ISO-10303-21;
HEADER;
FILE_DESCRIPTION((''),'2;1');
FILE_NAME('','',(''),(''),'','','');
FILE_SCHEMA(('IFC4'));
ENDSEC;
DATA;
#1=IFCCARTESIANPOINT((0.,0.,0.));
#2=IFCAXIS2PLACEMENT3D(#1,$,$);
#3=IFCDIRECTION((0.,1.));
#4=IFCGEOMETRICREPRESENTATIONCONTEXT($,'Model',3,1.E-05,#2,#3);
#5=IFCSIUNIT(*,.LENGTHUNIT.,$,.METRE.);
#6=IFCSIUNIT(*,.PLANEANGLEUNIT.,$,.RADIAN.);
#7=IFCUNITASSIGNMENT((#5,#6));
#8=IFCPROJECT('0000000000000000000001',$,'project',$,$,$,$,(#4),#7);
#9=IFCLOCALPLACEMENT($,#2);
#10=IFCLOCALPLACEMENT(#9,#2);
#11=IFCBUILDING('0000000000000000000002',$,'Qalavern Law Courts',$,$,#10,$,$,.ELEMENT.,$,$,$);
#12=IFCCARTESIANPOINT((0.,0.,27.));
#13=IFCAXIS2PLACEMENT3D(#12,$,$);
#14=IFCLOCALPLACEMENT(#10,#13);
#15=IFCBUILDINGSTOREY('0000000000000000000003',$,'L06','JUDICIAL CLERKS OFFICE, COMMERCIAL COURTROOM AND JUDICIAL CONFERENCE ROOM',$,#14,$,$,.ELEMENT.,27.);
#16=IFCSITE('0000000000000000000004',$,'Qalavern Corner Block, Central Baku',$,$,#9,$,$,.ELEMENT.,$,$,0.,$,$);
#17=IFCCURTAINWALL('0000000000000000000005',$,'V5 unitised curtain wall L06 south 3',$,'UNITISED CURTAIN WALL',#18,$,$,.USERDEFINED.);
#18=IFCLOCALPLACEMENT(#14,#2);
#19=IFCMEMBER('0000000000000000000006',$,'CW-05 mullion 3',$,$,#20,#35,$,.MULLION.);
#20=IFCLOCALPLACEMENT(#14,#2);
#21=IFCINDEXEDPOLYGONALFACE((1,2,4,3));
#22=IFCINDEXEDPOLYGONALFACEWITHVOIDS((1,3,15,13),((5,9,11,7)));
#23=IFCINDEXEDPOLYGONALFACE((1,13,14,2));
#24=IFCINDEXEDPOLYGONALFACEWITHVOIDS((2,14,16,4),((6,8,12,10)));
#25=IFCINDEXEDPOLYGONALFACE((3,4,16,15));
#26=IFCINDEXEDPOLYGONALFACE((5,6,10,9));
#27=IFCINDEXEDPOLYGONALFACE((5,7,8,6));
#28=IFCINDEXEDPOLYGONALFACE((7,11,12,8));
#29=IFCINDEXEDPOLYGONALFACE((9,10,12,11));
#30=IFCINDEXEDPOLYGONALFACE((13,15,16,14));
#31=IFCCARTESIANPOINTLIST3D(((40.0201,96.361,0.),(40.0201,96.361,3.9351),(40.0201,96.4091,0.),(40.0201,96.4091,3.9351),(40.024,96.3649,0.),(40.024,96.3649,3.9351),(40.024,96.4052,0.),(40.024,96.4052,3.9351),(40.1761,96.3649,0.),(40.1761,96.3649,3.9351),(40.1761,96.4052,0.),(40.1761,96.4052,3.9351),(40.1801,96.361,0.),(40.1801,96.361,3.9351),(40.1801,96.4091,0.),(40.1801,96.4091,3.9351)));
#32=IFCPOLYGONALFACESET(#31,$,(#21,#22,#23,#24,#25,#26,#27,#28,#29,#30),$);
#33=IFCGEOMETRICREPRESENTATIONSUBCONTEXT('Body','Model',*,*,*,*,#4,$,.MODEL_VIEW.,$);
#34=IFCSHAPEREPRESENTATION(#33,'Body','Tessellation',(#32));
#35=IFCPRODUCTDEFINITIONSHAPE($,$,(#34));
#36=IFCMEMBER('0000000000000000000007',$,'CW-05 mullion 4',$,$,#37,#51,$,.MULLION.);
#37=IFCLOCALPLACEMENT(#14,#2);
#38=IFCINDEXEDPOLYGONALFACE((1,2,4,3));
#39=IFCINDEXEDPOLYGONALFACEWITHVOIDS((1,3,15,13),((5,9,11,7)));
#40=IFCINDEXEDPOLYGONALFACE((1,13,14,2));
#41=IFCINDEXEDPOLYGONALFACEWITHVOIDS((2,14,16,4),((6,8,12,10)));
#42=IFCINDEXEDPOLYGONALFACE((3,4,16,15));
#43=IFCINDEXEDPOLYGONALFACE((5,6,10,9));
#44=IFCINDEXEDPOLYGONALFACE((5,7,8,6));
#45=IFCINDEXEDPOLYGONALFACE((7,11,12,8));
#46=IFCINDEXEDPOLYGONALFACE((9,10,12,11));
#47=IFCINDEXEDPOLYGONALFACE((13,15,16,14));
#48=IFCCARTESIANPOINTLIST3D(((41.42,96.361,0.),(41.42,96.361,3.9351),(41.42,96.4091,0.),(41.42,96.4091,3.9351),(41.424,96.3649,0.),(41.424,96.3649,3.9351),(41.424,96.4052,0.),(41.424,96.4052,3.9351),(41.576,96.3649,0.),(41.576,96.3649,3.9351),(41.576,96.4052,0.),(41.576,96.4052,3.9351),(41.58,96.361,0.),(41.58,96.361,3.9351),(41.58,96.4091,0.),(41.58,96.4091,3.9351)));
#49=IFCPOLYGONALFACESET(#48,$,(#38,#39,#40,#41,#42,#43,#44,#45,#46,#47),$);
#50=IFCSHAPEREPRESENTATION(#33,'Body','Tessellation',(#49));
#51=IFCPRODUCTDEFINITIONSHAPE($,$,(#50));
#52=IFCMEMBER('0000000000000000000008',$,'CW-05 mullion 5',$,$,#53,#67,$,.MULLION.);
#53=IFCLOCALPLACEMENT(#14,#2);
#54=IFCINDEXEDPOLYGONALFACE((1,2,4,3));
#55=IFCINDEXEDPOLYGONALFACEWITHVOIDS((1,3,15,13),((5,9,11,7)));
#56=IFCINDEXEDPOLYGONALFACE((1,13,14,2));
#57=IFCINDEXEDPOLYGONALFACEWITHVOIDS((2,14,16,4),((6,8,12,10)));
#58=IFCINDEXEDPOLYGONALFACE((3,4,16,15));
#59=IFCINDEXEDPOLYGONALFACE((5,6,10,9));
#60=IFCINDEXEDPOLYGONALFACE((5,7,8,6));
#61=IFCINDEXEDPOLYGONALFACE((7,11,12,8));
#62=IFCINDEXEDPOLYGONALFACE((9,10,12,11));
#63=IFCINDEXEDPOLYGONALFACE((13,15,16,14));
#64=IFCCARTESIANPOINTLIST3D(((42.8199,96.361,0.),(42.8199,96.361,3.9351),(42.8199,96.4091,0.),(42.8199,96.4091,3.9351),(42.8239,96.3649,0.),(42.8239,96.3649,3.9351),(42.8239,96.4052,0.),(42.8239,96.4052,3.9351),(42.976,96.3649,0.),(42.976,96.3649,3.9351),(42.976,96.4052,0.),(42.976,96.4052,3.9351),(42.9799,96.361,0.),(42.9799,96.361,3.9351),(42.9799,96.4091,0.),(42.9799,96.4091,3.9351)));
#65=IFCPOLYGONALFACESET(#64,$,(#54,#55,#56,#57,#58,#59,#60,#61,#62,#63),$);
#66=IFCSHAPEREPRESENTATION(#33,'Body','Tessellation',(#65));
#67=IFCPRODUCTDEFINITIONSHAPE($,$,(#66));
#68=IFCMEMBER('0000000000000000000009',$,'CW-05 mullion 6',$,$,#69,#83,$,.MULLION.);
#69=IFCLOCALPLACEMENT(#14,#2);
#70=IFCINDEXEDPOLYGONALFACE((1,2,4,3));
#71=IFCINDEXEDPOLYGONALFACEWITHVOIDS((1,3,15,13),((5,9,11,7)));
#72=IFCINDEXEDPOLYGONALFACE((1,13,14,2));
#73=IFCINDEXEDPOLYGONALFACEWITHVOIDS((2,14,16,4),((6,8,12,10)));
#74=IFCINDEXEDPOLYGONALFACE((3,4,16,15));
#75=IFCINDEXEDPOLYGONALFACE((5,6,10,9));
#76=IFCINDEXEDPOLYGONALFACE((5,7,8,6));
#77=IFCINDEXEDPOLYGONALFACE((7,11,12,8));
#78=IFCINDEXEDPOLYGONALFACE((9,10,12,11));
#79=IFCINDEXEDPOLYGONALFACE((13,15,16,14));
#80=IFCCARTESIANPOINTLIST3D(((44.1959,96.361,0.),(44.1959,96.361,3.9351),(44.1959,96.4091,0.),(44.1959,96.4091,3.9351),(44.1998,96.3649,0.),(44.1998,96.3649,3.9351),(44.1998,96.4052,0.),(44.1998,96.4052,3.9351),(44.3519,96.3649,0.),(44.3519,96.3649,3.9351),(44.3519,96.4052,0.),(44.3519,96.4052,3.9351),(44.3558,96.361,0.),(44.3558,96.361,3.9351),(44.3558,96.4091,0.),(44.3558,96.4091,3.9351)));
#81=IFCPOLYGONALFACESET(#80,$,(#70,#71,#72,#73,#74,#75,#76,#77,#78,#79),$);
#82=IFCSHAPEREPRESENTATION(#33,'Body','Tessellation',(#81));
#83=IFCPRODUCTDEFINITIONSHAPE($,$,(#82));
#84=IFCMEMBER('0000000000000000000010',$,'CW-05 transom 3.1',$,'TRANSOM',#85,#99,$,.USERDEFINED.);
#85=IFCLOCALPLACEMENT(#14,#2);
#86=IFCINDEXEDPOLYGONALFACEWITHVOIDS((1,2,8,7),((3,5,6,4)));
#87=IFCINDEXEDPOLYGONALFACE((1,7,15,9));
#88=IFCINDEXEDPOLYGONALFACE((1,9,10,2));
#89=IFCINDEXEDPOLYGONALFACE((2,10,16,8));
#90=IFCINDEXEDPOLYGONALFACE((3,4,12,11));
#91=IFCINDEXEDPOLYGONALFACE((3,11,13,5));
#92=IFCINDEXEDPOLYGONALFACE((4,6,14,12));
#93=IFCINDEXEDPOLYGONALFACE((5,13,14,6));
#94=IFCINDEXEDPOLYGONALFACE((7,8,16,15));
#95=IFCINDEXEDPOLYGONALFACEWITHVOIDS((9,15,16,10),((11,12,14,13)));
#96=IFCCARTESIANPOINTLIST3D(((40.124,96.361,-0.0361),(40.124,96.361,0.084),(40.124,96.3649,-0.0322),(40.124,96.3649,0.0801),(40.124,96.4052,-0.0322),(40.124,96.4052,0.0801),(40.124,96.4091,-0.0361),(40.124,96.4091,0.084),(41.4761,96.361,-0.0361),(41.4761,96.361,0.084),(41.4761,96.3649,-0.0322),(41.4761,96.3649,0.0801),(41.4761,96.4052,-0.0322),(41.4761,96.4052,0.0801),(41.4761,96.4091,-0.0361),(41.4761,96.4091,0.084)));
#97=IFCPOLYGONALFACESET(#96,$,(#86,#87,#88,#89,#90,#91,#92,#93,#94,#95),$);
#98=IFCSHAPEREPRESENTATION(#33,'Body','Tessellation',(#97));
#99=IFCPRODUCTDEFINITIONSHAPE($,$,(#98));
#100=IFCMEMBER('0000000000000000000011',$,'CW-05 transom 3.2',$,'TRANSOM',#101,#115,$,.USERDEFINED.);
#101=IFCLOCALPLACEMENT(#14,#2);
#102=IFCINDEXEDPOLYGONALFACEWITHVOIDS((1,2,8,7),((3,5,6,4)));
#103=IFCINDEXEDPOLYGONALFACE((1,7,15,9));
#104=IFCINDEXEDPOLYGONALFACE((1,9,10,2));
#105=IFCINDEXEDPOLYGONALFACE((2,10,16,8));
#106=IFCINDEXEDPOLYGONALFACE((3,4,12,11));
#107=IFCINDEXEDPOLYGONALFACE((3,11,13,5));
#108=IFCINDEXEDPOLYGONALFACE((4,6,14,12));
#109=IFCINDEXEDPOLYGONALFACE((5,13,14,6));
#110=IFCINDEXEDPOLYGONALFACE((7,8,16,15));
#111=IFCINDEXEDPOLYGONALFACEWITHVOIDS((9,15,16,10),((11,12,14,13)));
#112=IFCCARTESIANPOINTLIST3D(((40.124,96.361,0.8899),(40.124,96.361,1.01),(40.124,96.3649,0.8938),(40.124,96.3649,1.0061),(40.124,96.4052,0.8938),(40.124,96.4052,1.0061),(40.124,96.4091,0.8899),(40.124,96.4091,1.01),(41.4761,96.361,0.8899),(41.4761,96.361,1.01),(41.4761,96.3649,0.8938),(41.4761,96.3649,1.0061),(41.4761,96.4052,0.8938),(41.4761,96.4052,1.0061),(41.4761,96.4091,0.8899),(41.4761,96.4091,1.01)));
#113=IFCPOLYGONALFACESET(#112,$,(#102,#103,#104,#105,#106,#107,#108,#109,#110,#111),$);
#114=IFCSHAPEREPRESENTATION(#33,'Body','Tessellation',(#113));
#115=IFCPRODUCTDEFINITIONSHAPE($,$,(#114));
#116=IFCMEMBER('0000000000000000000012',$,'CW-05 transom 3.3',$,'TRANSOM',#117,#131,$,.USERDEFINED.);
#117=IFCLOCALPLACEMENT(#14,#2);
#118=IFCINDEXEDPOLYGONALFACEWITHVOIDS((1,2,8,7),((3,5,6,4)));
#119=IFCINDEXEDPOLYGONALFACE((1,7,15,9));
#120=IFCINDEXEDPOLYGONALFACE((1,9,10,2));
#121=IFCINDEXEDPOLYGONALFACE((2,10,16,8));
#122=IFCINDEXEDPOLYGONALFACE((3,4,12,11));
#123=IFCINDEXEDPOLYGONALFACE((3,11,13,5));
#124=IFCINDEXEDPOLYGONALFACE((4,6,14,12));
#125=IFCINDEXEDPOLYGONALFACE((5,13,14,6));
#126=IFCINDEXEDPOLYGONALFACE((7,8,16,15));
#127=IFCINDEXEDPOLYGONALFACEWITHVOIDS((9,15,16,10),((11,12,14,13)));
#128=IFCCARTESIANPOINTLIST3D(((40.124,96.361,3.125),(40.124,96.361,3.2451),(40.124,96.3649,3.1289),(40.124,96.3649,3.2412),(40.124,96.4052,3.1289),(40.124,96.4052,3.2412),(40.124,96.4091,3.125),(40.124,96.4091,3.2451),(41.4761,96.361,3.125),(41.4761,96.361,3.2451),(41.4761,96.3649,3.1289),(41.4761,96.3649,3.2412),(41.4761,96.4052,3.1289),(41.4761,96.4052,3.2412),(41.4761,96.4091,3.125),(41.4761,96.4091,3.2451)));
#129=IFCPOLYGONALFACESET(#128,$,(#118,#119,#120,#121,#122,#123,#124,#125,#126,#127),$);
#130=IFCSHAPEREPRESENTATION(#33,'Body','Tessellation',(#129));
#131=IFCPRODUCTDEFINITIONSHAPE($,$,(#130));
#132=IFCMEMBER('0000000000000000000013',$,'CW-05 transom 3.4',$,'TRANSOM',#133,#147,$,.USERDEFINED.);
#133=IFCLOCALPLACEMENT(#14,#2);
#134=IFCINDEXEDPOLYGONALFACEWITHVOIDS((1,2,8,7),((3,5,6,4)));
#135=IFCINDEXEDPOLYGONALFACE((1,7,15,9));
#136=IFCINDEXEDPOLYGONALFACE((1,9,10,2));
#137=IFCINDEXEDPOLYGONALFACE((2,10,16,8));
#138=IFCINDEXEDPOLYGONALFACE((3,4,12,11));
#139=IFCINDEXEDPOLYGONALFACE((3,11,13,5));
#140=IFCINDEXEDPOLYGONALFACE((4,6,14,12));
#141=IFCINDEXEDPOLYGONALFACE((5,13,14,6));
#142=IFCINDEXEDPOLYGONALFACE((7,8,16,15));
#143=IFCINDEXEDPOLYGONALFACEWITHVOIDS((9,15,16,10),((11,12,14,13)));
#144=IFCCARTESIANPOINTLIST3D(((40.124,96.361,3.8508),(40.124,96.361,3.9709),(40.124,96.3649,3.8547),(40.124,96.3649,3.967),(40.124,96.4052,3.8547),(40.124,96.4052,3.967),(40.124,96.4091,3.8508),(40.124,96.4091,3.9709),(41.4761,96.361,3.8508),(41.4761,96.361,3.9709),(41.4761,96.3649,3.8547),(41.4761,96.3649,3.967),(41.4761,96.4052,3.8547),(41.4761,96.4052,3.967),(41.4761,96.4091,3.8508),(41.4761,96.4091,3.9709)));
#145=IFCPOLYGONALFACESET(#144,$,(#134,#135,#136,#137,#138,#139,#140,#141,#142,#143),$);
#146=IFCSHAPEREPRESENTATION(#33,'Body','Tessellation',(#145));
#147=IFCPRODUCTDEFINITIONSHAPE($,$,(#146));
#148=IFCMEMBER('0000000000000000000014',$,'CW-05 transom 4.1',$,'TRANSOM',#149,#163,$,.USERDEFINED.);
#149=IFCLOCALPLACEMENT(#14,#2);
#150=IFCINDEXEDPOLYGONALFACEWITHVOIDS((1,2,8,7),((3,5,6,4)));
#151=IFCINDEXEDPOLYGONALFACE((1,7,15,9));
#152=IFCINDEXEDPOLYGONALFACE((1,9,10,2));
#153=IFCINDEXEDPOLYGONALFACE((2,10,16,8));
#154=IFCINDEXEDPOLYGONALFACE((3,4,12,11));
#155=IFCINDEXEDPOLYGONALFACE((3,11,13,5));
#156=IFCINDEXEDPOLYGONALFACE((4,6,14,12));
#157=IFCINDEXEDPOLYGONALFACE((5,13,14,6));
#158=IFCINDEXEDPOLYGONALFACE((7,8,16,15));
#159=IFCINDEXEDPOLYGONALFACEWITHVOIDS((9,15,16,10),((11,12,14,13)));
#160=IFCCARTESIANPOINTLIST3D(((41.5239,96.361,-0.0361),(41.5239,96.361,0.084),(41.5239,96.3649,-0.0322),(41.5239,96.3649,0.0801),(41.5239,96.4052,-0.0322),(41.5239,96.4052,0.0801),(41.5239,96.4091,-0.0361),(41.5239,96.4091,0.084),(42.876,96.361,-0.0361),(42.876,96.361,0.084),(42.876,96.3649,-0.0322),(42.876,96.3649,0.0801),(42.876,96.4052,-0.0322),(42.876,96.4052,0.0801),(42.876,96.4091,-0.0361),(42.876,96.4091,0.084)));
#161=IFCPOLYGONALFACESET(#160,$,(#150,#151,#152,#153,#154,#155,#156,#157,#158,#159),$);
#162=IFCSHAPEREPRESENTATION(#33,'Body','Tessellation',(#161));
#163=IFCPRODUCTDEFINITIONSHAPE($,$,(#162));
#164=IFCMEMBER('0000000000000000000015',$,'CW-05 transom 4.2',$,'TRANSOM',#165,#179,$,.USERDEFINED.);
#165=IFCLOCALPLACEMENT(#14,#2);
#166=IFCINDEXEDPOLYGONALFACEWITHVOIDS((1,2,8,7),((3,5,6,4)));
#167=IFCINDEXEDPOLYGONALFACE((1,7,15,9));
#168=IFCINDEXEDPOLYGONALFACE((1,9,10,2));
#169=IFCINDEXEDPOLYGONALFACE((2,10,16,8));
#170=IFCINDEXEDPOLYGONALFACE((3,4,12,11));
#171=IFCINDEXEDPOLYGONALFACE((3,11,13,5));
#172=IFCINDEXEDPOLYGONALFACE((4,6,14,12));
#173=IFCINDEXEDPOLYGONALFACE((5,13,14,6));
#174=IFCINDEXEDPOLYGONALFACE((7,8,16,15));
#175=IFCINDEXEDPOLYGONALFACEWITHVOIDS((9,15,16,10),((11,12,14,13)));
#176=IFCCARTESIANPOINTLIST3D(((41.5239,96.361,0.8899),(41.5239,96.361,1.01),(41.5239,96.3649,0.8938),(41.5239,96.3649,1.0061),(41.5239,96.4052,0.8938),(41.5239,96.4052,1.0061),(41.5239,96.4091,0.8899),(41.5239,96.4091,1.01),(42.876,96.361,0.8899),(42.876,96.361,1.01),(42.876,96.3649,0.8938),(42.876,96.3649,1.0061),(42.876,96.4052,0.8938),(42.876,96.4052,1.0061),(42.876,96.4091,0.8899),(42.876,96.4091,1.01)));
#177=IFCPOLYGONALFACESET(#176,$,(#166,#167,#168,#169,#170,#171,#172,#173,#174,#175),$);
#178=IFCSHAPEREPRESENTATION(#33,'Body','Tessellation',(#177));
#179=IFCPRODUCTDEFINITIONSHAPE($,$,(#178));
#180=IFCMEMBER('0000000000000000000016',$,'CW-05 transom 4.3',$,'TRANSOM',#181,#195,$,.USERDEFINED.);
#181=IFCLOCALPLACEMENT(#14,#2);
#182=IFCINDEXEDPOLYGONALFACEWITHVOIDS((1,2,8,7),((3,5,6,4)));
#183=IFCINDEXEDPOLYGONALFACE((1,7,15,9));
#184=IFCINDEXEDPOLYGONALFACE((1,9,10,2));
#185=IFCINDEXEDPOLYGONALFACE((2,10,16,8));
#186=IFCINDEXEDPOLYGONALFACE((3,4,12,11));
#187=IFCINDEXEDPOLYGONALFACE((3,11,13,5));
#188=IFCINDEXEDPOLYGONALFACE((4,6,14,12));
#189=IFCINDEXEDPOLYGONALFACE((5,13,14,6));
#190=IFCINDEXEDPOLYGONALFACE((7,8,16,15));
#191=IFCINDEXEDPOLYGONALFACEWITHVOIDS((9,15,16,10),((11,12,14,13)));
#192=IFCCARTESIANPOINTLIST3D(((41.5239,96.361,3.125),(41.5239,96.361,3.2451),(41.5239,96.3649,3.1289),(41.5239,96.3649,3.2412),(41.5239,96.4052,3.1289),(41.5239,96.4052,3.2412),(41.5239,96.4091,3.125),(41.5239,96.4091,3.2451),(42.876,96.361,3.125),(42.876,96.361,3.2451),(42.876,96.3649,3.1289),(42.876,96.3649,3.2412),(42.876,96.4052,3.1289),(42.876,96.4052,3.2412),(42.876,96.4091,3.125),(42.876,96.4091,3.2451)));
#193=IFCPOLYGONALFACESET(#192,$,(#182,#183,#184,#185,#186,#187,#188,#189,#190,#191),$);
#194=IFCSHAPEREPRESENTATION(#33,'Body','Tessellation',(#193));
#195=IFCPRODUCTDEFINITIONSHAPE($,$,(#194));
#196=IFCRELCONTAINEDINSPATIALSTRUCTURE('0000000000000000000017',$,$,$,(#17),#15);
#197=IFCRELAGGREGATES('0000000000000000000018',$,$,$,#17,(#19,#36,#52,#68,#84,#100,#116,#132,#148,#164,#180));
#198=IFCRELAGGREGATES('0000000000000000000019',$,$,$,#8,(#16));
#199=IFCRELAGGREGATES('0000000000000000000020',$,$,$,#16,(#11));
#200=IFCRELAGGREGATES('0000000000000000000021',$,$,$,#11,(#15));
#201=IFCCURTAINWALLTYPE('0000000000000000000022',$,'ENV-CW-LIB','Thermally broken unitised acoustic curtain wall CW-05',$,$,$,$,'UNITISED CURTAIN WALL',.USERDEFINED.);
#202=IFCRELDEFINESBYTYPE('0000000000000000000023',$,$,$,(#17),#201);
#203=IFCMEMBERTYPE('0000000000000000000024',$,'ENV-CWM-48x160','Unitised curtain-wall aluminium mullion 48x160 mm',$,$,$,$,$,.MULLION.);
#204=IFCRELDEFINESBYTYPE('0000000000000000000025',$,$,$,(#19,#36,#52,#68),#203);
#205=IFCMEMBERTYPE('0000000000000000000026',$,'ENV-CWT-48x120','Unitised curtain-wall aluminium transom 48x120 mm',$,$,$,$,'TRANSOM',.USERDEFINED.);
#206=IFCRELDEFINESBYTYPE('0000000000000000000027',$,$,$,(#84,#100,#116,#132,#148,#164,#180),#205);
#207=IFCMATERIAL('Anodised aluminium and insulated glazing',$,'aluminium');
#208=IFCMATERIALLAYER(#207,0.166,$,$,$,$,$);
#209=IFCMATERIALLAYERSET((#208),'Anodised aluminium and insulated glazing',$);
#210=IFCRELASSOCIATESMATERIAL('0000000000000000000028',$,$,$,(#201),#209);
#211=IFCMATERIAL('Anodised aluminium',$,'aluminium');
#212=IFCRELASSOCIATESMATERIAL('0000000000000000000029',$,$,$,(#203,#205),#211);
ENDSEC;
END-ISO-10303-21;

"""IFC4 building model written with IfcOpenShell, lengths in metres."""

from ifc_helpers import new_model, si_unit, direction, frame, origin, origin_2d, place, context, subcontext, project, spatial, hollow_rectangle, extrude, material, layer, layer_set, material_profile, profile_set, type_object, element, aggregate, save


model = new_model("IFC4")

# Units and contexts
model_context = context("Model", 3, precision=1e-05, world=origin(), true_north=direction((0.0, 1.0)))
body_context = subcontext(model_context, "Body", "Model", "MODEL_VIEW")
ifc_project = project(units=[si_unit("LENGTHUNIT", "METRE"), si_unit("PLANEANGLEUNIT", "RADIAN")], contexts=[model_context])

# Site, building, storey
site_placement = place(None, origin())
site = spatial("IfcSite", under=ifc_project, at=site_placement, Name="Qalavern Corner Block, Central Baku", CompositionType="ELEMENT", RefElevation=0.0)
building_placement = place(site_placement, origin())
building = spatial("IfcBuilding", under=site, at=building_placement, Name="Qalavern Law Courts", CompositionType="ELEMENT")
storey_placement = place(building_placement, frame((0.0, 0.0, 27.0)))
storey = spatial("IfcBuildingStorey", under=building, at=storey_placement, Name="L06", Description="JUDICIAL CLERKS OFFICE, COMMERCIAL COURTROOM AND JUDICIAL CONFERENCE ROOM", CompositionType="ELEMENT", Elevation=27.0)

# Curtain wall, members
ifc_material_1 = material(Name="Anodised aluminium and insulated glazing", Category="aluminium")
ifc_layer_1 = layer(ifc_material_1, 0.166)
ifc_layer_set_1 = layer_set([ifc_layer_1], Name="Anodised aluminium and insulated glazing")
curtain_wall_type = type_object("IfcCurtainWallType", Name="ENV-CW-LIB", Description="Thermally broken unitised acoustic curtain wall CW-05", ElementType="UNITISED CURTAIN WALL", PredefinedType="USERDEFINED", material=ifc_layer_set_1)
curtain_wall_placement = place(storey_placement, origin())
curtain_wall = element("IfcCurtainWall", 1, at=curtain_wall_placement, inside=storey, type_object=curtain_wall_type, Name="V5 unitised curtain wall L06 south 3", ObjectType="UNITISED CURTAIN WALL", PredefinedType="USERDEFINED")
ifc_material_2 = material(Name="Anodised aluminium", Category="aluminium")
ifc_material_profile_1 = material_profile(ifc_material_2, hollow_rectangle(XDim=0.0481, YDim=0.1599, WallThickness=0.0039, at=origin_2d()), Name="ALU MULLION 48x160")
ifc_profile_set_1 = profile_set([ifc_material_profile_1], Name="Anodised aluminium")
member_type_1 = type_object("IfcMemberType", Name="ENV-CWM-48x160", Description="Unitised curtain-wall aluminium mullion 48x160 mm", PredefinedType="MULLION", material=ifc_profile_set_1)
member_1_placement = place(storey_placement, frame((40.1001, 96.385, 0.0), z_axis=(0.0, 0.0, 1.0), x_axis=(0.0, 1.0, 0.0)))
member_1 = element("IfcMember", 2, at=member_1_placement, type_object=member_type_1, Name="CW-05 mullion 3", PredefinedType="MULLION", context=body_context, shape_type="SweptSolid", body=[
    extrude(hollow_rectangle(XDim=0.0481, YDim=0.1599, WallThickness=0.0039, at=origin_2d()), origin(), (0.0, 0.0, 1.0), 3.9351),
])
member_2_placement = place(storey_placement, frame((41.5, 96.385, 0.0), z_axis=(0.0, 0.0, 1.0), x_axis=(0.0, 1.0, 0.0)))
member_2 = element("IfcMember", 3, at=member_2_placement, type_object=member_type_1, Name="CW-05 mullion 4", PredefinedType="MULLION", context=body_context, shape_type="SweptSolid", body=[
    extrude(hollow_rectangle(XDim=0.0481, YDim=0.1599, WallThickness=0.0039, at=origin_2d()), origin(), (0.0, 0.0, 1.0), 3.9351),
])
member_3_placement = place(storey_placement, frame((42.8999, 96.385, 0.0), z_axis=(0.0, 0.0, 1.0), x_axis=(0.0, 1.0, 0.0)))
member_3 = element("IfcMember", 4, at=member_3_placement, type_object=member_type_1, Name="CW-05 mullion 5", PredefinedType="MULLION", context=body_context, shape_type="SweptSolid", body=[
    extrude(hollow_rectangle(XDim=0.0481, YDim=0.1599, WallThickness=0.0039, at=origin_2d()), origin(), (0.0, 0.0, 1.0), 3.9351),
])
member_4_placement = place(storey_placement, frame((44.2759, 96.385, 0.0), z_axis=(0.0, 0.0, 1.0), x_axis=(0.0, 1.0, 0.0)))
member_4 = element("IfcMember", 5, at=member_4_placement, type_object=member_type_1, Name="CW-05 mullion 6", PredefinedType="MULLION", context=body_context, shape_type="SweptSolid", body=[
    extrude(hollow_rectangle(XDim=0.0481, YDim=0.1599, WallThickness=0.0039, at=origin_2d()), origin(), (0.0, 0.0, 1.0), 3.9351),
])
ifc_material_profile_2 = material_profile(ifc_material_2, hollow_rectangle(XDim=0.0481, YDim=0.1201, WallThickness=0.0039, at=origin_2d()), Name="ALU TRANSOM 48x120")
ifc_profile_set_2 = profile_set([ifc_material_profile_2], Name="Anodised aluminium")
member_type_2 = type_object("IfcMemberType", Name="ENV-CWT-48x120", Description="Unitised curtain-wall aluminium transom 48x120 mm", ElementType="TRANSOM", PredefinedType="USERDEFINED", material=ifc_profile_set_2)
member_5_placement = place(storey_placement, frame((40.124, 96.385, 0.0239), z_axis=(1.0, 0.0, 0.0), x_axis=(0.0, 1.0, 0.0)))
member_5 = element("IfcMember", 6, at=member_5_placement, type_object=member_type_2, Name="CW-05 transom 3.1", ObjectType="TRANSOM", PredefinedType="USERDEFINED", context=body_context, shape_type="SweptSolid", body=[
    extrude(hollow_rectangle(XDim=0.0481, YDim=0.1201, WallThickness=0.0039, at=origin_2d()), origin(), (0.0, 0.0, 1.0), 1.3521),
])
member_6_placement = place(storey_placement, frame((40.124, 96.385, 0.95), z_axis=(1.0, 0.0, 0.0), x_axis=(0.0, 1.0, 0.0)))
member_6 = element("IfcMember", 7, at=member_6_placement, type_object=member_type_2, Name="CW-05 transom 3.2", ObjectType="TRANSOM", PredefinedType="USERDEFINED", context=body_context, shape_type="SweptSolid", body=[
    extrude(hollow_rectangle(XDim=0.0481, YDim=0.1201, WallThickness=0.0039, at=origin_2d()), origin(), (0.0, 0.0, 1.0), 1.3521),
])
member_7_placement = place(storey_placement, frame((40.124, 96.385, 3.1851), z_axis=(1.0, 0.0, 0.0), x_axis=(0.0, 1.0, 0.0)))
member_7 = element("IfcMember", 8, at=member_7_placement, type_object=member_type_2, Name="CW-05 transom 3.3", ObjectType="TRANSOM", PredefinedType="USERDEFINED", context=body_context, shape_type="SweptSolid", body=[
    extrude(hollow_rectangle(XDim=0.0481, YDim=0.1201, WallThickness=0.0039, at=origin_2d()), origin(), (0.0, 0.0, 1.0), 1.3521),
])
member_8_placement = place(storey_placement, frame((40.124, 96.385, 3.9109), z_axis=(1.0, 0.0, 0.0), x_axis=(0.0, 1.0, 0.0)))
member_8 = element("IfcMember", 9, at=member_8_placement, type_object=member_type_2, Name="CW-05 transom 3.4", ObjectType="TRANSOM", PredefinedType="USERDEFINED", context=body_context, shape_type="SweptSolid", body=[
    extrude(hollow_rectangle(XDim=0.0481, YDim=0.1201, WallThickness=0.0039, at=origin_2d()), origin(), (0.0, 0.0, 1.0), 1.3521),
])
member_9_placement = place(storey_placement, frame((41.5239, 96.385, 0.0239), z_axis=(1.0, 0.0, 0.0), x_axis=(0.0, 1.0, 0.0)))
member_9 = element("IfcMember", 10, at=member_9_placement, type_object=member_type_2, Name="CW-05 transom 4.1", ObjectType="TRANSOM", PredefinedType="USERDEFINED", context=body_context, shape_type="SweptSolid", body=[
    extrude(hollow_rectangle(XDim=0.0481, YDim=0.1201, WallThickness=0.0039, at=origin_2d()), origin(), (0.0, 0.0, 1.0), 1.3521),
])
member_10_placement = place(storey_placement, frame((41.5239, 96.385, 0.95), z_axis=(1.0, 0.0, 0.0), x_axis=(0.0, 1.0, 0.0)))
member_10 = element("IfcMember", 11, at=member_10_placement, type_object=member_type_2, Name="CW-05 transom 4.2", ObjectType="TRANSOM", PredefinedType="USERDEFINED", context=body_context, shape_type="SweptSolid", body=[
    extrude(hollow_rectangle(XDim=0.0481, YDim=0.1201, WallThickness=0.0039, at=origin_2d()), origin(), (0.0, 0.0, 1.0), 1.3521),
])
member_11_placement = place(storey_placement, frame((41.5239, 96.385, 3.1851), z_axis=(1.0, 0.0, 0.0), x_axis=(0.0, 1.0, 0.0)))
member_11 = element("IfcMember", 12, at=member_11_placement, type_object=member_type_2, Name="CW-05 transom 4.3", ObjectType="TRANSOM", PredefinedType="USERDEFINED", context=body_context, shape_type="SweptSolid", body=[
    extrude(hollow_rectangle(XDim=0.0481, YDim=0.1201, WallThickness=0.0039, at=origin_2d()), origin(), (0.0, 0.0, 1.0), 1.3521),
])
aggregate(curtain_wall, [member_1, member_2, member_3, member_4, member_5, member_6, member_7, member_8, member_9, member_10, member_11])

save(model, "model.ifc")
